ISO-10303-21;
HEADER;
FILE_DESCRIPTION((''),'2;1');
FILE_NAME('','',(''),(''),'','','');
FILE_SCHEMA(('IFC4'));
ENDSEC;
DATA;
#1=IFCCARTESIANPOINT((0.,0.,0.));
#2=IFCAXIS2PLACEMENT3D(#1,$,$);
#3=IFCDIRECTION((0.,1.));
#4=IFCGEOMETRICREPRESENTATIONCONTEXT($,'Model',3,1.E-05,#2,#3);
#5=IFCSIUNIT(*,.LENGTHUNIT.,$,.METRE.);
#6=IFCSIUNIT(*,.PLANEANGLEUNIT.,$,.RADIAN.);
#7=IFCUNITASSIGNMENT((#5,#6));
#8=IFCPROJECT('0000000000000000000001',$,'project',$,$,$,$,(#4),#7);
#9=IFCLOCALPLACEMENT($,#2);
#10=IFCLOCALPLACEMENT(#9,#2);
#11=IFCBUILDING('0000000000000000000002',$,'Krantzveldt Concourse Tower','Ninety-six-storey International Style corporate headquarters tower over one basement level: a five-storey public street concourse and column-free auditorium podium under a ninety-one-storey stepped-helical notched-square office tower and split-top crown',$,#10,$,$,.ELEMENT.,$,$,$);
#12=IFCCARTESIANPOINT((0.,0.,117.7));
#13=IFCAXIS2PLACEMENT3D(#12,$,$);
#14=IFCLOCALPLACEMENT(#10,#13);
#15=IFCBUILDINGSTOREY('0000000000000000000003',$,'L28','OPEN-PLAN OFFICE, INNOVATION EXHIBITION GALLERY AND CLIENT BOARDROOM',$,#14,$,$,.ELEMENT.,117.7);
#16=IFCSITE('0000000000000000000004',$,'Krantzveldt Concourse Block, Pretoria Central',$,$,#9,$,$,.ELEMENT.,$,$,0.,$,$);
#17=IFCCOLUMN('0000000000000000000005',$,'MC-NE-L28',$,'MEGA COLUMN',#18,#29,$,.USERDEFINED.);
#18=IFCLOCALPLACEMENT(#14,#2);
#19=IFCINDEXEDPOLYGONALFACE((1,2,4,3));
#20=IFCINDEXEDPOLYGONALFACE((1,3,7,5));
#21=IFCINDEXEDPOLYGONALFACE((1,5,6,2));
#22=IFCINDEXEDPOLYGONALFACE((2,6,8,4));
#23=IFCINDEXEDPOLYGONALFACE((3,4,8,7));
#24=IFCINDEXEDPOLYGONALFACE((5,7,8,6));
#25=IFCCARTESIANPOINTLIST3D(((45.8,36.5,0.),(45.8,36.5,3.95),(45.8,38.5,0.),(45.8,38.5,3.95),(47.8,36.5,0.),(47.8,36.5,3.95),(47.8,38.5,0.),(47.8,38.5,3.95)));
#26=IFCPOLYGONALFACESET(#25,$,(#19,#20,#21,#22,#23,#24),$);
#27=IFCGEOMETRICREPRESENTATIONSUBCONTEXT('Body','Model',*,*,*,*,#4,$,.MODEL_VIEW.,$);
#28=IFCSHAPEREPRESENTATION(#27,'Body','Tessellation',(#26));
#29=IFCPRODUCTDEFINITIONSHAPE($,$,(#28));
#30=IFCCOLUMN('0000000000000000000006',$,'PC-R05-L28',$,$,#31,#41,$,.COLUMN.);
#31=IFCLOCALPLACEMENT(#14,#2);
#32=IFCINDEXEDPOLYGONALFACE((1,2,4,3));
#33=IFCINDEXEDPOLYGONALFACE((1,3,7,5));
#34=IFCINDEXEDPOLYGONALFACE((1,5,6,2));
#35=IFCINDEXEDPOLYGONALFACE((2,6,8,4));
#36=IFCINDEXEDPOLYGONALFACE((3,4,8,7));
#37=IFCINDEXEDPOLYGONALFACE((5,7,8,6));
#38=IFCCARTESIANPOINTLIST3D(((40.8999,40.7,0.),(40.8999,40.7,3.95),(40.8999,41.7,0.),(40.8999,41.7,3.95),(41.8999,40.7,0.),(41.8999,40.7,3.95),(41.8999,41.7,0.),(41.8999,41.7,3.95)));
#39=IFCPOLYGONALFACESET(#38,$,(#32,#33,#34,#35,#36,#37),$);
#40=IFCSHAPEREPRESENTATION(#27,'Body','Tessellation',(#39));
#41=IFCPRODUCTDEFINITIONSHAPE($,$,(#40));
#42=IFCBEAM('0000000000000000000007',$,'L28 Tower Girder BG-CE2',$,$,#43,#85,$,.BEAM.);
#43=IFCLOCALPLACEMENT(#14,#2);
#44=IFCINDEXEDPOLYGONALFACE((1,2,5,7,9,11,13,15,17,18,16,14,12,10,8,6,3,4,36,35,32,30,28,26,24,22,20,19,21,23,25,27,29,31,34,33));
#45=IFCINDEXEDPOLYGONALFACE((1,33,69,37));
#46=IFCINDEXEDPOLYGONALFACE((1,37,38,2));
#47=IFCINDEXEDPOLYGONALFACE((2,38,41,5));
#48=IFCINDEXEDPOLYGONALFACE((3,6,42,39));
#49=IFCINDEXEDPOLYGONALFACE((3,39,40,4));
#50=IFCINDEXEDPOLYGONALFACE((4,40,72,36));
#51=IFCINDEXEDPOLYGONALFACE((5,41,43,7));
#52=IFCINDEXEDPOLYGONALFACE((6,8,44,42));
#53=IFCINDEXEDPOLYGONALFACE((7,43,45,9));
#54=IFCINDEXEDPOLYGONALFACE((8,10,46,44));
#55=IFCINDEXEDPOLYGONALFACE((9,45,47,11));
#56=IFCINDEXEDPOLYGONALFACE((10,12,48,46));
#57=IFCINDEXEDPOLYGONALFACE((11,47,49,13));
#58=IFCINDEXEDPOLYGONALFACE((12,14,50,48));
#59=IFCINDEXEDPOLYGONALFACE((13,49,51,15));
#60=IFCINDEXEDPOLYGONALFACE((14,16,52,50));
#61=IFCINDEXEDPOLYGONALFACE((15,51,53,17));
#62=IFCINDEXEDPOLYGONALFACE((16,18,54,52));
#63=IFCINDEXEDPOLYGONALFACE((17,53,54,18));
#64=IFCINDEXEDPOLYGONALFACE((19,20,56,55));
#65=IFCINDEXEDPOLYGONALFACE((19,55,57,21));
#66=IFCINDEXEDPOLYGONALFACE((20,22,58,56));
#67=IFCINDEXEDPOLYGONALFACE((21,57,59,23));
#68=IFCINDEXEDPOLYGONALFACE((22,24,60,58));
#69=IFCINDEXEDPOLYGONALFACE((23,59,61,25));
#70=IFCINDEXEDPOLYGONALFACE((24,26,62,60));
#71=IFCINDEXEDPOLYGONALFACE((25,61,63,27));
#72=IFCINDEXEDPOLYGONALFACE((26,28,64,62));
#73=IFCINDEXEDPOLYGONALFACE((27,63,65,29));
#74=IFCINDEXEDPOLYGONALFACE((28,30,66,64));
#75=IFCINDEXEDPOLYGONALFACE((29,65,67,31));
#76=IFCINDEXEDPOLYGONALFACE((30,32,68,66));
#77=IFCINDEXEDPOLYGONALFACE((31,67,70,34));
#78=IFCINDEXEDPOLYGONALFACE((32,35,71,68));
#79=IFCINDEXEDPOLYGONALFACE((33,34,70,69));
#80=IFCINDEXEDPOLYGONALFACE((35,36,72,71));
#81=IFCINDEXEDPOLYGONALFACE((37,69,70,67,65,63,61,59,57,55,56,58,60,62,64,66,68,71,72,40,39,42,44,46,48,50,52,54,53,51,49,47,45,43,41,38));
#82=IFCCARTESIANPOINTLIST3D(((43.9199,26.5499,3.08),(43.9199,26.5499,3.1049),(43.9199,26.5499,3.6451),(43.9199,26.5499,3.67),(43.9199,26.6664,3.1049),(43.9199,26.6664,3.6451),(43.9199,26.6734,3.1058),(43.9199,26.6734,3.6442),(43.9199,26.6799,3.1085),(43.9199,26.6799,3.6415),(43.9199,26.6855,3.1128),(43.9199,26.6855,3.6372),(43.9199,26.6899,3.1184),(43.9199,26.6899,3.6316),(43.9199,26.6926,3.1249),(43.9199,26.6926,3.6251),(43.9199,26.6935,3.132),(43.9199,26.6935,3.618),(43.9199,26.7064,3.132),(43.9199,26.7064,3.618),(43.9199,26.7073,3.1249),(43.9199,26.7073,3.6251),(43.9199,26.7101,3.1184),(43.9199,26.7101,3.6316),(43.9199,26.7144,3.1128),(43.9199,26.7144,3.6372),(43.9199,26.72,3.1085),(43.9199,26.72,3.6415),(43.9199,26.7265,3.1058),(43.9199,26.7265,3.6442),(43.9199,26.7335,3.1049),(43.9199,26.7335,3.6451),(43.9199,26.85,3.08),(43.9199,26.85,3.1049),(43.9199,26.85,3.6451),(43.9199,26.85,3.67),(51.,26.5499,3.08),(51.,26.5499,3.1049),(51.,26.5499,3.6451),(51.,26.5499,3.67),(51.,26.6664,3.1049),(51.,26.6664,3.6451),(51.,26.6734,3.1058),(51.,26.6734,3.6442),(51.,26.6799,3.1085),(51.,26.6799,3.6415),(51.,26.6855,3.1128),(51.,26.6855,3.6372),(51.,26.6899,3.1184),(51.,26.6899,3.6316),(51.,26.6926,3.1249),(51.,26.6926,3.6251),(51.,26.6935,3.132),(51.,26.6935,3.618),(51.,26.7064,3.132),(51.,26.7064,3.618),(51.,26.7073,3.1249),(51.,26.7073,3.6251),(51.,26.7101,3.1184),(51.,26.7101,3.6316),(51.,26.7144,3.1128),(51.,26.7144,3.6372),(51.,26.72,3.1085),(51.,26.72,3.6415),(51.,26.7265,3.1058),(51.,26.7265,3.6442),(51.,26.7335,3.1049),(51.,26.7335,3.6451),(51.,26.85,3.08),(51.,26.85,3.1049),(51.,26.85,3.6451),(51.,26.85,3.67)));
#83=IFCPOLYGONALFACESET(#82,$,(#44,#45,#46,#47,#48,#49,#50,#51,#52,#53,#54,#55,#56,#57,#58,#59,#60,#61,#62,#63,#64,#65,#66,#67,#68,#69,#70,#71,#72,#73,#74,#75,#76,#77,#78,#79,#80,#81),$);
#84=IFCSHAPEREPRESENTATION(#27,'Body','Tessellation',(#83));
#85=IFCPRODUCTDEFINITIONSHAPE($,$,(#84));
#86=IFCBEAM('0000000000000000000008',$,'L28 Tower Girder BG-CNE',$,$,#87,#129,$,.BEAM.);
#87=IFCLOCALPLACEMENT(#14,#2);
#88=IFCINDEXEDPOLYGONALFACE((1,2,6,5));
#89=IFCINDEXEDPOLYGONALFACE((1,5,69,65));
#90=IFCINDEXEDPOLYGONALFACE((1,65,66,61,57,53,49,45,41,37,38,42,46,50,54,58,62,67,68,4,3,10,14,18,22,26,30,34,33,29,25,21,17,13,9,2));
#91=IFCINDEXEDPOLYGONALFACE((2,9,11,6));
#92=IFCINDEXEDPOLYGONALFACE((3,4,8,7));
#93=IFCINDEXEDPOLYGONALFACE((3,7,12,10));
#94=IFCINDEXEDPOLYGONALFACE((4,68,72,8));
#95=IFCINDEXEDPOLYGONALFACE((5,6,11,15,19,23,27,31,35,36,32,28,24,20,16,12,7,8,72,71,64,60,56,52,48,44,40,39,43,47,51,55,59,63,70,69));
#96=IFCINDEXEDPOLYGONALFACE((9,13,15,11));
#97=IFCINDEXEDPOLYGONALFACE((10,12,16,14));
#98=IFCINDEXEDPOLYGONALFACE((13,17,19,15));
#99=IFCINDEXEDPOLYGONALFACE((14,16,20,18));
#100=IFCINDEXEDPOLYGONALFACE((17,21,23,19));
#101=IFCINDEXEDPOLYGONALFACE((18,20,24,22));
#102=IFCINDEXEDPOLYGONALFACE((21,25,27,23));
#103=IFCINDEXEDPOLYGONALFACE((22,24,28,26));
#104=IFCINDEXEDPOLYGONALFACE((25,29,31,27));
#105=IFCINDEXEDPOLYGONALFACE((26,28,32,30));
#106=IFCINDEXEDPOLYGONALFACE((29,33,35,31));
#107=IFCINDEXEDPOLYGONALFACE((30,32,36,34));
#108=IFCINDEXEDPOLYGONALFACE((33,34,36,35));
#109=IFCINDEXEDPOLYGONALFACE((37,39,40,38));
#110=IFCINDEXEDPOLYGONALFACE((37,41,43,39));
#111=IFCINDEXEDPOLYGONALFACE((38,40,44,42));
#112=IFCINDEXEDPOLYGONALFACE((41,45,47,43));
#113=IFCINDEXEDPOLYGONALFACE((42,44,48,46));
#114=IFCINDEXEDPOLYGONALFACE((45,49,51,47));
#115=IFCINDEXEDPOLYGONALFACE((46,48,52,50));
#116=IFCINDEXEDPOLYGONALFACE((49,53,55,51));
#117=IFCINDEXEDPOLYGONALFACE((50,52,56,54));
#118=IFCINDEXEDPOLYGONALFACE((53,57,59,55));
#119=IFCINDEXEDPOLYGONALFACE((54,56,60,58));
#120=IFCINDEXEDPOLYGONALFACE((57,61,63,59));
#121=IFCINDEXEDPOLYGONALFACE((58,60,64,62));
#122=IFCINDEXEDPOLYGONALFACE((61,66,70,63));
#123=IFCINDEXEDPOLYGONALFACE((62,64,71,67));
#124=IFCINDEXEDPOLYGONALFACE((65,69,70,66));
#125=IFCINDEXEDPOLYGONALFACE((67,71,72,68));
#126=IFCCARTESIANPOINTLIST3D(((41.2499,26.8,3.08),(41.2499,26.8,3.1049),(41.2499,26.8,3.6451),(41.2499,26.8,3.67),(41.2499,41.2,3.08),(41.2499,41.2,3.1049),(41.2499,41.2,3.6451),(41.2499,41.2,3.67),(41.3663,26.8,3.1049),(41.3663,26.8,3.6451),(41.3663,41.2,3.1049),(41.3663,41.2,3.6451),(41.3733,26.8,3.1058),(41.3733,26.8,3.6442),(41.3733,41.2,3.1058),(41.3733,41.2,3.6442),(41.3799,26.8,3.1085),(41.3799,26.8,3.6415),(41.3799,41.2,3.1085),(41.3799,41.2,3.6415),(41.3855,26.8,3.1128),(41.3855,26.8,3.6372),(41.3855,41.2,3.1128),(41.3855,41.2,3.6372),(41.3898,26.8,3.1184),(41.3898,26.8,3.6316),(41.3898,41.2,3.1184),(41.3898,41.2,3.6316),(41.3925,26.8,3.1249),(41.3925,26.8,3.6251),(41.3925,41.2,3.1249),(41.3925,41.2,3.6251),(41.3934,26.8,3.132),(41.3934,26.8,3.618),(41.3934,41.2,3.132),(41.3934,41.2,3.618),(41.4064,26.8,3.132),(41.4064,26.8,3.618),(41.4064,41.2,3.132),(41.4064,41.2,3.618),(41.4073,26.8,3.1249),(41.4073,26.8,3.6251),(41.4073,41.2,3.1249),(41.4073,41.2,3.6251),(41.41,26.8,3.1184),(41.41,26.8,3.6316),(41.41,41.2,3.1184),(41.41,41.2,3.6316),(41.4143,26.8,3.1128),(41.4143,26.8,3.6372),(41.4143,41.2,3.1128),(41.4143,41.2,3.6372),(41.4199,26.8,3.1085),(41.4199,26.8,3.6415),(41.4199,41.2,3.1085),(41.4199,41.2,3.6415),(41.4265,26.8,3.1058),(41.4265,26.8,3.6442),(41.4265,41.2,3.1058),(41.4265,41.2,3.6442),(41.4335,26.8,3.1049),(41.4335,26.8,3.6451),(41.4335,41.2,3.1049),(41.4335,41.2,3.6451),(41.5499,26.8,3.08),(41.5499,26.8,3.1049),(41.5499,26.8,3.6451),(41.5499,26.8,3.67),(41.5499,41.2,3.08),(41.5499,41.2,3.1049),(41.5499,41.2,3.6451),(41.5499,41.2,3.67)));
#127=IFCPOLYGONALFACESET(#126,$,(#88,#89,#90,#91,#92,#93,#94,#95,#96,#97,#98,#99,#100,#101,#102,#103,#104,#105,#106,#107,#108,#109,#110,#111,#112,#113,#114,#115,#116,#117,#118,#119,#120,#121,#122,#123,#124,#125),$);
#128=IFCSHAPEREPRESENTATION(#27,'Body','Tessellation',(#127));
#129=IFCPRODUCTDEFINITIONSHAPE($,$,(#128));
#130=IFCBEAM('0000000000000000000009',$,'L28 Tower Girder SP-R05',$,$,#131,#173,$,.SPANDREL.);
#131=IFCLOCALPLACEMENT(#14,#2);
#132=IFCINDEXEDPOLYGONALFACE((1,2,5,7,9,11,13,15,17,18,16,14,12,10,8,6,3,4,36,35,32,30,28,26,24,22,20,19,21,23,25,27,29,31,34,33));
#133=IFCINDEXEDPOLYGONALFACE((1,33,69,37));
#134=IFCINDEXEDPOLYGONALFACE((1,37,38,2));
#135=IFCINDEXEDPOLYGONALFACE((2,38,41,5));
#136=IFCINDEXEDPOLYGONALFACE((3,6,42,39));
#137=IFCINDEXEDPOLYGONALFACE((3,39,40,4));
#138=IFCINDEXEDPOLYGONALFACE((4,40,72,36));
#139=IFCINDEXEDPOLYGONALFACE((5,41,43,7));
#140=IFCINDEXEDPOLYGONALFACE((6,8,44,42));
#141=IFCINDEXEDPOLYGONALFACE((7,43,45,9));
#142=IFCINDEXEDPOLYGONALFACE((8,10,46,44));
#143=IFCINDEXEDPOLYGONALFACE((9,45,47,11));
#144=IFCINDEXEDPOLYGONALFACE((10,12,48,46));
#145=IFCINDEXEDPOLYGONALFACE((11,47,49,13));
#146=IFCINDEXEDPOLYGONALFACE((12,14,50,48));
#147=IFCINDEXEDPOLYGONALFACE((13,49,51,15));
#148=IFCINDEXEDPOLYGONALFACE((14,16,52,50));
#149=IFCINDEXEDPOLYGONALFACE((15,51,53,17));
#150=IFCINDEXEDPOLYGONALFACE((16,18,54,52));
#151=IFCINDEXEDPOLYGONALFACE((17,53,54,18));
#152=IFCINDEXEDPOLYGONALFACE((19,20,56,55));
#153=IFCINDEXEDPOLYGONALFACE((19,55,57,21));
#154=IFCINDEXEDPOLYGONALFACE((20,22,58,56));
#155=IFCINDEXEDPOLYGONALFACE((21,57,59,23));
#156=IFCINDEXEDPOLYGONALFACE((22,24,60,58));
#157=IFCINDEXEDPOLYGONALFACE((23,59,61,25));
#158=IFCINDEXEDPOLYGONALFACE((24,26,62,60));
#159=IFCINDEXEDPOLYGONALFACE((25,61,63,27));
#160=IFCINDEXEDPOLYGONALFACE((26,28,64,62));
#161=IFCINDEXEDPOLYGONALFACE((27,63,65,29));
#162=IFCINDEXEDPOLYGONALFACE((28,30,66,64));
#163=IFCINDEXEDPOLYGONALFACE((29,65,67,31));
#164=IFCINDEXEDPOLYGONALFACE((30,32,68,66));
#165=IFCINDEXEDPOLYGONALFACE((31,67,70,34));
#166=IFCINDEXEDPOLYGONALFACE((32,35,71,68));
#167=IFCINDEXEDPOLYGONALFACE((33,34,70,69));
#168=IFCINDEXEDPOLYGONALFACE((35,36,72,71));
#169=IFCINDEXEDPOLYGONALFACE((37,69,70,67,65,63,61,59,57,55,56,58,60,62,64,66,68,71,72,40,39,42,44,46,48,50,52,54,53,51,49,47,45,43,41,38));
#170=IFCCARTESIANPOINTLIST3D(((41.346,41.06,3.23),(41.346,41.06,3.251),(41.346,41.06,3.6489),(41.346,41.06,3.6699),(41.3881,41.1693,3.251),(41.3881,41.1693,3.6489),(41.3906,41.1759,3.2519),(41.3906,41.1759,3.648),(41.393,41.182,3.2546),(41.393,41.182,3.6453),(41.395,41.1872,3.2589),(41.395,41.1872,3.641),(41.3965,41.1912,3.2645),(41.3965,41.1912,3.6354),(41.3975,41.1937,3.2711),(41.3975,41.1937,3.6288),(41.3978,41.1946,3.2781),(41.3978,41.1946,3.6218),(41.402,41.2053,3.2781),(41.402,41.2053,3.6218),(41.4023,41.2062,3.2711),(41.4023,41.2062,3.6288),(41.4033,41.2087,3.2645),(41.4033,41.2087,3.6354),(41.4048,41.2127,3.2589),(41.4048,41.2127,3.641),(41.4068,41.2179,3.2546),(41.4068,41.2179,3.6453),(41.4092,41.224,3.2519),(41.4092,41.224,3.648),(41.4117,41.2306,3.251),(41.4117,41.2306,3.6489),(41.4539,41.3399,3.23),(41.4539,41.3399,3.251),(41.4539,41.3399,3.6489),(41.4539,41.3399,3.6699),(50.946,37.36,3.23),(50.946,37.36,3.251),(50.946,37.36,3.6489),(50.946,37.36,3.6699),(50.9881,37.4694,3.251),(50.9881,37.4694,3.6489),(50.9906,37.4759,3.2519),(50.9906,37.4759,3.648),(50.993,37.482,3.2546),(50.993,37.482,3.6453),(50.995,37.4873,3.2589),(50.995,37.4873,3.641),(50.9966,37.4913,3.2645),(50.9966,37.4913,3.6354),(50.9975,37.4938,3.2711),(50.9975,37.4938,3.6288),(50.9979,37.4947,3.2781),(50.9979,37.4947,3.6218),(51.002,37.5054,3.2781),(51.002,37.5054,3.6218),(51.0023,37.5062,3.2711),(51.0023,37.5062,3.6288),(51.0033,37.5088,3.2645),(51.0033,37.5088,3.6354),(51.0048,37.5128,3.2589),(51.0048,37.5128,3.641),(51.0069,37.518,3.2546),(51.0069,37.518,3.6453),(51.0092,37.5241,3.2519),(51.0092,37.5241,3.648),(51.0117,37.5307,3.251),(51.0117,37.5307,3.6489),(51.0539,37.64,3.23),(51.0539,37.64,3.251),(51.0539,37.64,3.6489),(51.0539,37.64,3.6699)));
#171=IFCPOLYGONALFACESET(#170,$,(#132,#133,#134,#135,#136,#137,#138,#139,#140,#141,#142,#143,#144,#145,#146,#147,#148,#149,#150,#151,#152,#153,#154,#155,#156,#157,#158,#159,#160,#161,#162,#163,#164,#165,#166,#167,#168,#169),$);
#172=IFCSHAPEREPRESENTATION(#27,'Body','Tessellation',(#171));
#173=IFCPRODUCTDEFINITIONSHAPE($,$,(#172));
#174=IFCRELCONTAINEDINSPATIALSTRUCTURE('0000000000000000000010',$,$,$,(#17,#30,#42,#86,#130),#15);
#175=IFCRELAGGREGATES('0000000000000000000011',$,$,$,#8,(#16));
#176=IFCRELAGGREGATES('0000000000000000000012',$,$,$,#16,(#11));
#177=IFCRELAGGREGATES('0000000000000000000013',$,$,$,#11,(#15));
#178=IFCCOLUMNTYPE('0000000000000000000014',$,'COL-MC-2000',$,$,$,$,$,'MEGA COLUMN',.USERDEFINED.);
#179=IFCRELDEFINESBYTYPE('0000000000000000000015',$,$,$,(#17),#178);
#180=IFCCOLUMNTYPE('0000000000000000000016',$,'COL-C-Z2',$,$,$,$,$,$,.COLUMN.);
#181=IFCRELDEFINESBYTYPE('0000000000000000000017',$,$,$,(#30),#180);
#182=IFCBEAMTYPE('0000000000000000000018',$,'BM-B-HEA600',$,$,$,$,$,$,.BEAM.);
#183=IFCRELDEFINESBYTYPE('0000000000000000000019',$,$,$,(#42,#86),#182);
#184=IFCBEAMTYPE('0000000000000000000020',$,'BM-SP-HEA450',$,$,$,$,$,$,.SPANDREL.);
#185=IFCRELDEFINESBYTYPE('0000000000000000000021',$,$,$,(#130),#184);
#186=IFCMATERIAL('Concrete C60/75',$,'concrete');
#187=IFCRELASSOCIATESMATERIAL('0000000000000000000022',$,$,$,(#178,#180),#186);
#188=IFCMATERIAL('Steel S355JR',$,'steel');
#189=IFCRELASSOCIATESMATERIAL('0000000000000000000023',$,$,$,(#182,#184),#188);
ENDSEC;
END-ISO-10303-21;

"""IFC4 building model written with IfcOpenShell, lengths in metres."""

from ifc_helpers import new_model, si_unit, direction, frame, origin, origin_2d, place, context, subcontext, project, spatial, rectangle, i_section, extrude, source, transform, mapped, material, material_profile, profile_set, type_object, type_shapes, element, save


model = new_model("IFC4")

# Units and contexts
model_context = context("Model", 3, precision=1e-05, world=origin(), true_north=direction((0.0, 1.0)))
body_context = subcontext(model_context, "Body", "Model", "MODEL_VIEW")
ifc_project = project(units=[si_unit("LENGTHUNIT", "METRE"), si_unit("PLANEANGLEUNIT", "RADIAN")], contexts=[model_context])

# Site, building, storey
site_placement = place(None, origin())
site = spatial("IfcSite", under=ifc_project, at=site_placement, Name="Krantzveldt Concourse Block, Pretoria Central", CompositionType="ELEMENT", RefElevation=0.0)
building_placement = place(site_placement, origin())
building = spatial("IfcBuilding", under=site, at=building_placement, Name="Krantzveldt Concourse Tower", Description="Ninety-six-storey International Style corporate headquarters tower over one basement level: a five-storey public street concourse and column-free auditorium podium under a ninety-one-storey stepped-helical notched-square office tower and split-top crown", CompositionType="ELEMENT")
storey_placement = place(building_placement, frame((0.0, 0.0, 117.7)))
storey = spatial("IfcBuildingStorey", under=building, at=storey_placement, Name="L28", Description="OPEN-PLAN OFFICE, INNOVATION EXHIBITION GALLERY AND CLIENT BOARDROOM", CompositionType="ELEMENT", Elevation=117.7)

# Columns
ifc_material_1 = material(Name="Concrete C60/75", Category="concrete")
ifc_material_profile_1 = material_profile(ifc_material_1, rectangle(XDim=2.0, YDim=2.0, at=origin_2d()), Name="Concrete C60/75", Category="concrete")
ifc_profile_set_1 = profile_set([ifc_material_profile_1], Name="Concrete C60/75 - RC 2000x2000")
column_type_1 = type_object("IfcColumnType", Name="COL-MC-2000", ElementType="MEGA COLUMN", PredefinedType="USERDEFINED", material=ifc_profile_set_1)
shared_shape_1 = source(origin(), body_context, "Body", "SweptSolid", [
    extrude(rectangle(XDim=2.0, YDim=2.0, at=origin_2d()), origin(), (0.0, 0.0, 1.0), 3.95),
])
type_shapes(column_type_1, [shared_shape_1])
column_1_placement = place(storey_placement, frame((46.8, 37.5, 0.0), z_axis=(0.0, 0.0, 1.0), x_axis=(1.0, 0.0, 0.0)))
element("IfcColumn", 1, at=column_1_placement, inside=storey, type_object=column_type_1, Name="MC-NE-L28", ObjectType="MEGA COLUMN", PredefinedType="USERDEFINED", context=body_context, shape_type="MappedRepresentation", body=[
    mapped(shared_shape_1, transform((0.0, 0.0, 0.0), x_axis=(1.0, 0.0, 0.0), y_axis=(0.0, 1.0, 0.0), z_axis=(0.0, 0.0, 1.0), scale=1.0)),
])
ifc_material_profile_2 = material_profile(ifc_material_1, rectangle(XDim=1.0, YDim=1.0, at=origin_2d()), Name="Concrete C60/75", Category="concrete")
ifc_profile_set_2 = profile_set([ifc_material_profile_2], Name="Concrete C60/75 - RC 1000x1000")
column_type_2 = type_object("IfcColumnType", Name="COL-C-Z2", PredefinedType="COLUMN", material=ifc_profile_set_2)
shared_shape_2 = source(origin(), body_context, "Body", "SweptSolid", [
    extrude(rectangle(XDim=1.0, YDim=1.0, at=origin_2d()), origin(), (0.0, 0.0, 1.0), 3.95),
])
type_shapes(column_type_2, [shared_shape_2])
column_2_placement = place(storey_placement, frame((41.3999, 41.2, 0.0), z_axis=(0.0, 0.0, 1.0), x_axis=(1.0, 0.0, 0.0)))
element("IfcColumn", 2, at=column_2_placement, inside=storey, type_object=column_type_2, Name="PC-R05-L28", PredefinedType="COLUMN", context=body_context, shape_type="MappedRepresentation", body=[
    mapped(shared_shape_2, transform((0.0, 0.0, 0.0), x_axis=(1.0, 0.0, 0.0), y_axis=(0.0, 1.0, 0.0), z_axis=(0.0, 0.0, 1.0), scale=1.0)),
])

# Beams
ifc_material_2 = material(Name="Steel S355JR", Category="steel")
ifc_material_profile_3 = material_profile(ifc_material_2, i_section(OverallWidth=0.3, OverallDepth=0.5901, WebThickness=0.0129, FlangeThickness=0.0249, FilletRadius=0.0271, at=origin_2d()), Name="Steel S355JR", Category="steel")
ifc_profile_set_3 = profile_set([ifc_material_profile_3], Name="Steel S355JR - HEA 600")
beam_type_1 = type_object("IfcBeamType", Name="BM-B-HEA600", PredefinedType="BEAM", material=ifc_profile_set_3)
shared_shape_3 = source(origin(), body_context, "Body", "SweptSolid", [
    extrude(i_section(OverallWidth=0.3, OverallDepth=0.5901, WebThickness=0.0129, FlangeThickness=0.0249, FilletRadius=0.0271, at=origin_2d()), origin(), (0.0, 0.0, 1.0), 7.0801),
])
beam_1_placement = place(storey_placement, frame((43.9199, 26.7, 3.375), z_axis=(1.0, 0.0, 0.0), x_axis=(0.0, 1.0, 0.0)))
element("IfcBeam", 3, at=beam_1_placement, inside=storey, type_object=beam_type_1, Name="L28 Tower Girder BG-CE2", PredefinedType="BEAM", context=body_context, shape_type="MappedRepresentation", body=[
    mapped(shared_shape_3, transform((0.0, 0.0, 0.0), x_axis=(1.0, 0.0, 0.0), y_axis=(0.0, 1.0, 0.0), z_axis=(0.0, 0.0, 1.0), scale=1.0)),
])
shared_shape_4 = source(origin(), body_context, "Body", "SweptSolid", [
    extrude(i_section(OverallWidth=0.3, OverallDepth=0.5901, WebThickness=0.0129, FlangeThickness=0.0249, FilletRadius=0.0271, at=origin_2d()), origin(), (0.0, 0.0, 1.0), 14.3999),
])
beam_2_placement = place(storey_placement, frame((41.3999, 26.8, 3.375), z_axis=(0.0, 1.0, 0.0), x_axis=(-1.0, 0.0, 0.0)))
element("IfcBeam", 4, at=beam_2_placement, inside=storey, type_object=beam_type_1, Name="L28 Tower Girder BG-CNE", PredefinedType="BEAM", context=body_context, shape_type="MappedRepresentation", body=[
    mapped(shared_shape_4, transform((0.0, 0.0, 0.0), x_axis=(1.0, 0.0, 0.0), y_axis=(0.0, 1.0, 0.0), z_axis=(0.0, 0.0, 1.0), scale=1.0)),
])
ifc_material_profile_4 = material_profile(ifc_material_2, i_section(OverallWidth=0.3, OverallDepth=0.4399, WebThickness=0.0115, FlangeThickness=0.021, FilletRadius=0.0271, at=origin_2d()), Name="Steel S355JR", Category="steel")
ifc_profile_set_4 = profile_set([ifc_material_profile_4], Name="Steel S355JR - HEA 450")
beam_type_2 = type_object("IfcBeamType", Name="BM-SP-HEA450", PredefinedType="SPANDREL", material=ifc_profile_set_4)
shared_shape_5 = source(origin(), body_context, "Body", "SweptSolid", [
    extrude(i_section(OverallWidth=0.3, OverallDepth=0.4399, WebThickness=0.0115, FlangeThickness=0.021, FilletRadius=0.0271, at=origin_2d()), origin(), (0.0, 0.0, 1.0), 10.2883),
])
type_shapes(beam_type_2, [shared_shape_5])
beam_3_placement = place(storey_placement, frame((41.3999, 41.2, 3.45), z_axis=(0.933098, -0.359623, 0.0), x_axis=(0.359623, 0.933098, 0.0)))
element("IfcBeam", 5, at=beam_3_placement, inside=storey, type_object=beam_type_2, Name="L28 Tower Girder SP-R05", PredefinedType="SPANDREL", context=body_context, shape_type="MappedRepresentation", body=[
    mapped(shared_shape_5, transform((0.0, 0.0, 0.0), x_axis=(1.0, 0.0, 0.0), y_axis=(0.0, 1.0, 0.0), z_axis=(0.0, 0.0, 1.0), scale=1.0)),
])

save(model, "model.ifc")
